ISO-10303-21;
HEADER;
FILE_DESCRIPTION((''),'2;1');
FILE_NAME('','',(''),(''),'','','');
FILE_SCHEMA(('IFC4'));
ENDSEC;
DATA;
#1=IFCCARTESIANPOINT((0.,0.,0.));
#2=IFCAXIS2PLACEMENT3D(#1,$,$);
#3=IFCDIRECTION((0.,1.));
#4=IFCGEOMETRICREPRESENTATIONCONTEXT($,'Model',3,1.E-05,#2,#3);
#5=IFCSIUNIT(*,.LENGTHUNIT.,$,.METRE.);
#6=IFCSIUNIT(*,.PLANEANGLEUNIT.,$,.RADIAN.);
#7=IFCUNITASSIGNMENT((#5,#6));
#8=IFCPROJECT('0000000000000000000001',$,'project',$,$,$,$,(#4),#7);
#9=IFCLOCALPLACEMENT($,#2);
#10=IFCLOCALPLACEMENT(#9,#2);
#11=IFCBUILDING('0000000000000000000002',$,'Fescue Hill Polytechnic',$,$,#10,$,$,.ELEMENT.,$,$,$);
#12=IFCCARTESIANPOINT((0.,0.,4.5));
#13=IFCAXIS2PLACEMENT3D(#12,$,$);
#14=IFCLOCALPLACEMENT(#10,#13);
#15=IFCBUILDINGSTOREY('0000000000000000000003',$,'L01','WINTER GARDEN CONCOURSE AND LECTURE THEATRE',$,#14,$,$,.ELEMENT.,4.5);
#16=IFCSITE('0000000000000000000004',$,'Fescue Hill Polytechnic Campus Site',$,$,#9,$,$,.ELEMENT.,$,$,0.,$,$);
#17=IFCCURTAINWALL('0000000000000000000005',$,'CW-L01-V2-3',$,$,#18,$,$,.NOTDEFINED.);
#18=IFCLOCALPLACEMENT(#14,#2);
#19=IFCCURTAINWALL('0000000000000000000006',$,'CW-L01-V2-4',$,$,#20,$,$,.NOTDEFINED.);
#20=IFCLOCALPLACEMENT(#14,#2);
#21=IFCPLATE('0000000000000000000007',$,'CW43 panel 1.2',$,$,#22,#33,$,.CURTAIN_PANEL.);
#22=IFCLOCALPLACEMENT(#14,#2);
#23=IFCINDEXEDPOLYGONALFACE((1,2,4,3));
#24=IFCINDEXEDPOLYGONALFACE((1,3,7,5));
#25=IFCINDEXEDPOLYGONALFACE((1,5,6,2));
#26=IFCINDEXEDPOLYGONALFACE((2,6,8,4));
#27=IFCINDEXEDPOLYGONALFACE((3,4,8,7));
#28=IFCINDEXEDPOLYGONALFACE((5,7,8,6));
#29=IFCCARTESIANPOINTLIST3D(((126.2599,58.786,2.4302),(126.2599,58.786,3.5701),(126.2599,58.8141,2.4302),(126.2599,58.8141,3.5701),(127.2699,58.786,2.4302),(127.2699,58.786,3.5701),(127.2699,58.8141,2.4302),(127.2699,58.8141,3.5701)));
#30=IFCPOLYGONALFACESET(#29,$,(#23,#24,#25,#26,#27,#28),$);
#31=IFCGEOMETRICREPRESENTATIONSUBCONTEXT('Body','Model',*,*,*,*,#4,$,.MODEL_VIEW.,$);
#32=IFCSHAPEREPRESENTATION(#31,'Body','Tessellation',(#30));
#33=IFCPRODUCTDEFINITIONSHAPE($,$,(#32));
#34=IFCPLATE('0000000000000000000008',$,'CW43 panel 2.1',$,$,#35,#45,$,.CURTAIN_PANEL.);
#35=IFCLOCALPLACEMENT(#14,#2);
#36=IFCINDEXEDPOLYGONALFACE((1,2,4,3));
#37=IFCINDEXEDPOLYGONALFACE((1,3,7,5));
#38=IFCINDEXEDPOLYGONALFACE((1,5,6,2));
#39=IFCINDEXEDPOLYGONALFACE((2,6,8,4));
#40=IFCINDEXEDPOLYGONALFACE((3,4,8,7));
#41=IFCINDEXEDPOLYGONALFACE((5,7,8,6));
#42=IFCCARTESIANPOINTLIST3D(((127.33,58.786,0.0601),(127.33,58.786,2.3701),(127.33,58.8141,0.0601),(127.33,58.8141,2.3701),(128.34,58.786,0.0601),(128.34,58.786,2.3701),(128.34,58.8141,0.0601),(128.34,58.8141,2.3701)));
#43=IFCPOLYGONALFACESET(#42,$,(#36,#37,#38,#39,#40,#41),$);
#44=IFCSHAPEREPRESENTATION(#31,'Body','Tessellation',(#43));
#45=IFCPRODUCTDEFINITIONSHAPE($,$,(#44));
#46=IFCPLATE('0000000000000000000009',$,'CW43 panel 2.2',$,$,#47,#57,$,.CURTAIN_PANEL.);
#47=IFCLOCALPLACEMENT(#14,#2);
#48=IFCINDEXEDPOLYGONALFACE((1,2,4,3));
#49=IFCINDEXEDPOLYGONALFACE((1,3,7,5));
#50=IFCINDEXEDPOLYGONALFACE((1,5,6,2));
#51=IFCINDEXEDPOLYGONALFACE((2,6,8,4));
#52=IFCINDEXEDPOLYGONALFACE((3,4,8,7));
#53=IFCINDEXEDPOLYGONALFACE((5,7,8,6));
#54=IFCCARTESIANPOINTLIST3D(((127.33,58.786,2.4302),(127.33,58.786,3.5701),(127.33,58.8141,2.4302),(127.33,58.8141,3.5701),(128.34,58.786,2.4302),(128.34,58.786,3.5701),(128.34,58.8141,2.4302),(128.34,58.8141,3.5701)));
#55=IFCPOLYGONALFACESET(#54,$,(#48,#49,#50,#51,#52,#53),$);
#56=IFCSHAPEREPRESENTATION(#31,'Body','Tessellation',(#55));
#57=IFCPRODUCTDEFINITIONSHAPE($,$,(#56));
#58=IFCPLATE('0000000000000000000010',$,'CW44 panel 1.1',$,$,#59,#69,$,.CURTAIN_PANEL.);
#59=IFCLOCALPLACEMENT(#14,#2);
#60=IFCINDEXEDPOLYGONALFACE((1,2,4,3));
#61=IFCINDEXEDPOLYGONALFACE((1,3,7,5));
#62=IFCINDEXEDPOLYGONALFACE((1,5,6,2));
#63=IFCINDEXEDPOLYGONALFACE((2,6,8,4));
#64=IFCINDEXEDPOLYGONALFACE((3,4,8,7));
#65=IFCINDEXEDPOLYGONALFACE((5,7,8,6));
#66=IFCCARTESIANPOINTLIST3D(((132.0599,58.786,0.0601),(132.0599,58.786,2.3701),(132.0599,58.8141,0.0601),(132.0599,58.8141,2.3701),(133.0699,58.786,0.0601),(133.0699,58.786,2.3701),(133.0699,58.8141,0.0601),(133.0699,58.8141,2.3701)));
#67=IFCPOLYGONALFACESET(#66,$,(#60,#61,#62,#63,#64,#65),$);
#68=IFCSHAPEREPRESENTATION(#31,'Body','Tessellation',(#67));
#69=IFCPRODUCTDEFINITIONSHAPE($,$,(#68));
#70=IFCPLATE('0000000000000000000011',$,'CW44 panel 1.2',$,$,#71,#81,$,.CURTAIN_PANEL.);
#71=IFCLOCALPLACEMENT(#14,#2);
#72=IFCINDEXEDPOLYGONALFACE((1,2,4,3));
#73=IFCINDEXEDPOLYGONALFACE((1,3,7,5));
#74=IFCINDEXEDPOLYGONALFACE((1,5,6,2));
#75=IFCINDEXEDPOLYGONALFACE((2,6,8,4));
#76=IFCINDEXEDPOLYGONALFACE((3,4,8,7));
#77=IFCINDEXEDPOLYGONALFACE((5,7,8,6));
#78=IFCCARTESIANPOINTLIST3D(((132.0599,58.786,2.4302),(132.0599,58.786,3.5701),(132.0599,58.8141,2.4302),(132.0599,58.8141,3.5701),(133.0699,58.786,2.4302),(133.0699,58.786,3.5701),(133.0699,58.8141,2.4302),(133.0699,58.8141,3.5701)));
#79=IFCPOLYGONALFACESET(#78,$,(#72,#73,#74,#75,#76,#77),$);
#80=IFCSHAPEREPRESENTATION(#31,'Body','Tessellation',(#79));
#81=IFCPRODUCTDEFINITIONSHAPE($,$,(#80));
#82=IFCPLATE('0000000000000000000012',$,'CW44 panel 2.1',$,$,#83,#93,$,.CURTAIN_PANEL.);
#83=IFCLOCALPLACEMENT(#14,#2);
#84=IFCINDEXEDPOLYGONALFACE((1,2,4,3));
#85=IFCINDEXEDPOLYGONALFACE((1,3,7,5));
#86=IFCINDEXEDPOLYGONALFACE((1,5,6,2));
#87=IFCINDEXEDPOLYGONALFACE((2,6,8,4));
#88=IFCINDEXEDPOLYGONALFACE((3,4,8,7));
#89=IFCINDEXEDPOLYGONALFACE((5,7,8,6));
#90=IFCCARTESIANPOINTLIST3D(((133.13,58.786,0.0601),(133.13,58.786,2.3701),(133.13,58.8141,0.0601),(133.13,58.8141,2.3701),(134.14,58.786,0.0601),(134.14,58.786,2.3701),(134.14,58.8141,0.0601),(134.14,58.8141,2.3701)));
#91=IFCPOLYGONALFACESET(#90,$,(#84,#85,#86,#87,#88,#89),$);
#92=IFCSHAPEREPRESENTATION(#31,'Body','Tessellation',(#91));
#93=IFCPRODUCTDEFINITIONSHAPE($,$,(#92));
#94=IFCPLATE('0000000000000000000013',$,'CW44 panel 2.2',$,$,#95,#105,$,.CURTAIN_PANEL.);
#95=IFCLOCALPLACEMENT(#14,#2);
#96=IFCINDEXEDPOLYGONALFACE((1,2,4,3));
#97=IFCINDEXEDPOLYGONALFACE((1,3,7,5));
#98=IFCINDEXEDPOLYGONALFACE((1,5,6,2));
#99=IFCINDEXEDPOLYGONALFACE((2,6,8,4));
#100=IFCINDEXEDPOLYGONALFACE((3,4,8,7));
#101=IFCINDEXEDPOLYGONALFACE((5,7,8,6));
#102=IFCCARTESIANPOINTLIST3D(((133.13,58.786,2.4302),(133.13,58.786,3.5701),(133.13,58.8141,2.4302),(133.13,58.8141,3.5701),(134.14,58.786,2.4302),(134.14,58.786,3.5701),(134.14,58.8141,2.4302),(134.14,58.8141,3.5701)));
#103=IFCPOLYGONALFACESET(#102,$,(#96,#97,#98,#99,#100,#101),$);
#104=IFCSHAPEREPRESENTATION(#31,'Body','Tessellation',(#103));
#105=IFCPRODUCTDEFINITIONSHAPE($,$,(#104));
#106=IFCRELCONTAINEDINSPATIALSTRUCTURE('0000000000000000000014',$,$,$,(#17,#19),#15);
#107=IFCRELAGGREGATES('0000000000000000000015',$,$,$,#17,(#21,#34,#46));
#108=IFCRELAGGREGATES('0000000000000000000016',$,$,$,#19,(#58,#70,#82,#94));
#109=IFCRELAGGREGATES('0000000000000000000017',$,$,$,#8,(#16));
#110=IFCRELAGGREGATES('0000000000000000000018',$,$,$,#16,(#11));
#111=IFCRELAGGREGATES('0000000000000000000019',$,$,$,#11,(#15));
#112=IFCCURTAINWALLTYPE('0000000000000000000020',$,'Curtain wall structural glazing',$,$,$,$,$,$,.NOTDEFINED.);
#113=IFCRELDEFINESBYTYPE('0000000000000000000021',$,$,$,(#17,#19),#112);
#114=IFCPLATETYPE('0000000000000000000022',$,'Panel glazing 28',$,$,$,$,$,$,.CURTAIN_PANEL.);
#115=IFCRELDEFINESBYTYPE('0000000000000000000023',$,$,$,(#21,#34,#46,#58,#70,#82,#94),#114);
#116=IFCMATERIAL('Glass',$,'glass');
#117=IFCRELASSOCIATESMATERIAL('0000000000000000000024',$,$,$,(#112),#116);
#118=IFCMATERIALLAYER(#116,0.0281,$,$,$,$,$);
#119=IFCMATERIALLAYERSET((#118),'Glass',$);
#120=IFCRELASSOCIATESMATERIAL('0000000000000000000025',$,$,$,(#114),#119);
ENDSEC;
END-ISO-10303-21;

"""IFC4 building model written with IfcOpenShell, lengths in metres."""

from ifc_helpers import new_model, si_unit, direction, frame, origin, origin_2d, place, context, subcontext, project, spatial, rectangle, extrude, material, layer, layer_set, type_object, element, aggregate, save


model = new_model("IFC4")

# Units and contexts
model_context = context("Model", 3, precision=1e-05, world=origin(), true_north=direction((0.0, 1.0)))
body_context = subcontext(model_context, "Body", "Model", "MODEL_VIEW")
ifc_project = project(units=[si_unit("LENGTHUNIT", "METRE"), si_unit("PLANEANGLEUNIT", "RADIAN")], contexts=[model_context])

# Site, building, storey
site_placement = place(None, origin())
site = spatial("IfcSite", under=ifc_project, at=site_placement, Name="Fescue Hill Polytechnic Campus Site", CompositionType="ELEMENT", RefElevation=0.0)
building_placement = place(site_placement, origin())
building = spatial("IfcBuilding", under=site, at=building_placement, Name="Fescue Hill Polytechnic", CompositionType="ELEMENT")
storey_placement = place(building_placement, frame((0.0, 0.0, 4.5)))
storey = spatial("IfcBuildingStorey", under=building, at=storey_placement, Name="L01", Description="WINTER GARDEN CONCOURSE AND LECTURE THEATRE", CompositionType="ELEMENT", Elevation=4.5)

# Curtain walls
ifc_material_1 = material(Name="Glass", Category="glass")
curtain_wall_type = type_object("IfcCurtainWallType", Name="Curtain wall structural glazing", PredefinedType="NOTDEFINED", material=ifc_material_1)
curtain_wall_1_placement = place(storey_placement, origin())
curtain_wall_1 = element("IfcCurtainWall", 1, at=curtain_wall_1_placement, inside=storey, type_object=curtain_wall_type, Name="CW-L01-V2-3", PredefinedType="NOTDEFINED")
curtain_wall_2_placement = place(storey_placement, origin())
curtain_wall_2 = element("IfcCurtainWall", 2, at=curtain_wall_2_placement, inside=storey, type_object=curtain_wall_type, Name="CW-L01-V2-4", PredefinedType="NOTDEFINED")

# Plates
ifc_layer_1 = layer(ifc_material_1, 0.0281)
ifc_layer_set_1 = layer_set([ifc_layer_1], Name="Glass")
plate_type = type_object("IfcPlateType", Name="Panel glazing 28", PredefinedType="CURTAIN_PANEL", material=ifc_layer_set_1)
plate_1_placement = place(storey_placement, frame((126.7649, 58.8, 2.4302), z_axis=(0.0, 0.0, 1.0), x_axis=(1.0, 0.0, 0.0)))
plate_1 = element("IfcPlate", 3, at=plate_1_placement, type_object=plate_type, Name="CW43 panel 1.2", PredefinedType="CURTAIN_PANEL", context=body_context, shape_type="SweptSolid", body=[
    extrude(rectangle(XDim=1.01, YDim=0.0281, at=origin_2d()), origin(), (0.0, 0.0, 1.0), 1.1399),
])
plate_2_placement = place(storey_placement, frame((127.835, 58.8, 0.0601), z_axis=(0.0, 0.0, 1.0), x_axis=(1.0, 0.0, 0.0)))
plate_2 = element("IfcPlate", 4, at=plate_2_placement, type_object=plate_type, Name="CW43 panel 2.1", PredefinedType="CURTAIN_PANEL", context=body_context, shape_type="SweptSolid", body=[
    extrude(rectangle(XDim=1.01, YDim=0.0281, at=origin_2d()), origin(), (0.0, 0.0, 1.0), 2.3101),
])
plate_3_placement = place(storey_placement, frame((127.835, 58.8, 2.4302), z_axis=(0.0, 0.0, 1.0), x_axis=(1.0, 0.0, 0.0)))
plate_3 = element("IfcPlate", 5, at=plate_3_placement, type_object=plate_type, Name="CW43 panel 2.2", PredefinedType="CURTAIN_PANEL", context=body_context, shape_type="SweptSolid", body=[
    extrude(rectangle(XDim=1.01, YDim=0.0281, at=origin_2d()), origin(), (0.0, 0.0, 1.0), 1.1399),
])
aggregate(curtain_wall_1, [plate_1, plate_2, plate_3])
plate_4_placement = place(storey_placement, frame((132.5649, 58.8, 0.0601), z_axis=(0.0, 0.0, 1.0), x_axis=(1.0, 0.0, 0.0)))
plate_4 = element("IfcPlate", 6, at=plate_4_placement, type_object=plate_type, Name="CW44 panel 1.1", PredefinedType="CURTAIN_PANEL", context=body_context, shape_type="SweptSolid", body=[
    extrude(rectangle(XDim=1.01, YDim=0.0281, at=origin_2d()), origin(), (0.0, 0.0, 1.0), 2.3101),
])
plate_5_placement = place(storey_placement, frame((132.5649, 58.8, 2.4302), z_axis=(0.0, 0.0, 1.0), x_axis=(1.0, 0.0, 0.0)))
plate_5 = element("IfcPlate", 7, at=plate_5_placement, type_object=plate_type, Name="CW44 panel 1.2", PredefinedType="CURTAIN_PANEL", context=body_context, shape_type="SweptSolid", body=[
    extrude(rectangle(XDim=1.01, YDim=0.0281, at=origin_2d()), origin(), (0.0, 0.0, 1.0), 1.1399),
])
plate_6_placement = place(storey_placement, frame((133.635, 58.8, 0.0601), z_axis=(0.0, 0.0, 1.0), x_axis=(1.0, 0.0, 0.0)))
plate_6 = element("IfcPlate", 8, at=plate_6_placement, type_object=plate_type, Name="CW44 panel 2.1", PredefinedType="CURTAIN_PANEL", context=body_context, shape_type="SweptSolid", body=[
    extrude(rectangle(XDim=1.01, YDim=0.0281, at=origin_2d()), origin(), (0.0, 0.0, 1.0), 2.3101),
])
plate_7_placement = place(storey_placement, frame((133.635, 58.8, 2.4302), z_axis=(0.0, 0.0, 1.0), x_axis=(1.0, 0.0, 0.0)))
plate_7 = element("IfcPlate", 9, at=plate_7_placement, type_object=plate_type, Name="CW44 panel 2.2", PredefinedType="CURTAIN_PANEL", context=body_context, shape_type="SweptSolid", body=[
    extrude(rectangle(XDim=1.01, YDim=0.0281, at=origin_2d()), origin(), (0.0, 0.0, 1.0), 1.1399),
])
aggregate(curtain_wall_2, [plate_4, plate_5, plate_6, plate_7])

save(model, "model.ifc")
